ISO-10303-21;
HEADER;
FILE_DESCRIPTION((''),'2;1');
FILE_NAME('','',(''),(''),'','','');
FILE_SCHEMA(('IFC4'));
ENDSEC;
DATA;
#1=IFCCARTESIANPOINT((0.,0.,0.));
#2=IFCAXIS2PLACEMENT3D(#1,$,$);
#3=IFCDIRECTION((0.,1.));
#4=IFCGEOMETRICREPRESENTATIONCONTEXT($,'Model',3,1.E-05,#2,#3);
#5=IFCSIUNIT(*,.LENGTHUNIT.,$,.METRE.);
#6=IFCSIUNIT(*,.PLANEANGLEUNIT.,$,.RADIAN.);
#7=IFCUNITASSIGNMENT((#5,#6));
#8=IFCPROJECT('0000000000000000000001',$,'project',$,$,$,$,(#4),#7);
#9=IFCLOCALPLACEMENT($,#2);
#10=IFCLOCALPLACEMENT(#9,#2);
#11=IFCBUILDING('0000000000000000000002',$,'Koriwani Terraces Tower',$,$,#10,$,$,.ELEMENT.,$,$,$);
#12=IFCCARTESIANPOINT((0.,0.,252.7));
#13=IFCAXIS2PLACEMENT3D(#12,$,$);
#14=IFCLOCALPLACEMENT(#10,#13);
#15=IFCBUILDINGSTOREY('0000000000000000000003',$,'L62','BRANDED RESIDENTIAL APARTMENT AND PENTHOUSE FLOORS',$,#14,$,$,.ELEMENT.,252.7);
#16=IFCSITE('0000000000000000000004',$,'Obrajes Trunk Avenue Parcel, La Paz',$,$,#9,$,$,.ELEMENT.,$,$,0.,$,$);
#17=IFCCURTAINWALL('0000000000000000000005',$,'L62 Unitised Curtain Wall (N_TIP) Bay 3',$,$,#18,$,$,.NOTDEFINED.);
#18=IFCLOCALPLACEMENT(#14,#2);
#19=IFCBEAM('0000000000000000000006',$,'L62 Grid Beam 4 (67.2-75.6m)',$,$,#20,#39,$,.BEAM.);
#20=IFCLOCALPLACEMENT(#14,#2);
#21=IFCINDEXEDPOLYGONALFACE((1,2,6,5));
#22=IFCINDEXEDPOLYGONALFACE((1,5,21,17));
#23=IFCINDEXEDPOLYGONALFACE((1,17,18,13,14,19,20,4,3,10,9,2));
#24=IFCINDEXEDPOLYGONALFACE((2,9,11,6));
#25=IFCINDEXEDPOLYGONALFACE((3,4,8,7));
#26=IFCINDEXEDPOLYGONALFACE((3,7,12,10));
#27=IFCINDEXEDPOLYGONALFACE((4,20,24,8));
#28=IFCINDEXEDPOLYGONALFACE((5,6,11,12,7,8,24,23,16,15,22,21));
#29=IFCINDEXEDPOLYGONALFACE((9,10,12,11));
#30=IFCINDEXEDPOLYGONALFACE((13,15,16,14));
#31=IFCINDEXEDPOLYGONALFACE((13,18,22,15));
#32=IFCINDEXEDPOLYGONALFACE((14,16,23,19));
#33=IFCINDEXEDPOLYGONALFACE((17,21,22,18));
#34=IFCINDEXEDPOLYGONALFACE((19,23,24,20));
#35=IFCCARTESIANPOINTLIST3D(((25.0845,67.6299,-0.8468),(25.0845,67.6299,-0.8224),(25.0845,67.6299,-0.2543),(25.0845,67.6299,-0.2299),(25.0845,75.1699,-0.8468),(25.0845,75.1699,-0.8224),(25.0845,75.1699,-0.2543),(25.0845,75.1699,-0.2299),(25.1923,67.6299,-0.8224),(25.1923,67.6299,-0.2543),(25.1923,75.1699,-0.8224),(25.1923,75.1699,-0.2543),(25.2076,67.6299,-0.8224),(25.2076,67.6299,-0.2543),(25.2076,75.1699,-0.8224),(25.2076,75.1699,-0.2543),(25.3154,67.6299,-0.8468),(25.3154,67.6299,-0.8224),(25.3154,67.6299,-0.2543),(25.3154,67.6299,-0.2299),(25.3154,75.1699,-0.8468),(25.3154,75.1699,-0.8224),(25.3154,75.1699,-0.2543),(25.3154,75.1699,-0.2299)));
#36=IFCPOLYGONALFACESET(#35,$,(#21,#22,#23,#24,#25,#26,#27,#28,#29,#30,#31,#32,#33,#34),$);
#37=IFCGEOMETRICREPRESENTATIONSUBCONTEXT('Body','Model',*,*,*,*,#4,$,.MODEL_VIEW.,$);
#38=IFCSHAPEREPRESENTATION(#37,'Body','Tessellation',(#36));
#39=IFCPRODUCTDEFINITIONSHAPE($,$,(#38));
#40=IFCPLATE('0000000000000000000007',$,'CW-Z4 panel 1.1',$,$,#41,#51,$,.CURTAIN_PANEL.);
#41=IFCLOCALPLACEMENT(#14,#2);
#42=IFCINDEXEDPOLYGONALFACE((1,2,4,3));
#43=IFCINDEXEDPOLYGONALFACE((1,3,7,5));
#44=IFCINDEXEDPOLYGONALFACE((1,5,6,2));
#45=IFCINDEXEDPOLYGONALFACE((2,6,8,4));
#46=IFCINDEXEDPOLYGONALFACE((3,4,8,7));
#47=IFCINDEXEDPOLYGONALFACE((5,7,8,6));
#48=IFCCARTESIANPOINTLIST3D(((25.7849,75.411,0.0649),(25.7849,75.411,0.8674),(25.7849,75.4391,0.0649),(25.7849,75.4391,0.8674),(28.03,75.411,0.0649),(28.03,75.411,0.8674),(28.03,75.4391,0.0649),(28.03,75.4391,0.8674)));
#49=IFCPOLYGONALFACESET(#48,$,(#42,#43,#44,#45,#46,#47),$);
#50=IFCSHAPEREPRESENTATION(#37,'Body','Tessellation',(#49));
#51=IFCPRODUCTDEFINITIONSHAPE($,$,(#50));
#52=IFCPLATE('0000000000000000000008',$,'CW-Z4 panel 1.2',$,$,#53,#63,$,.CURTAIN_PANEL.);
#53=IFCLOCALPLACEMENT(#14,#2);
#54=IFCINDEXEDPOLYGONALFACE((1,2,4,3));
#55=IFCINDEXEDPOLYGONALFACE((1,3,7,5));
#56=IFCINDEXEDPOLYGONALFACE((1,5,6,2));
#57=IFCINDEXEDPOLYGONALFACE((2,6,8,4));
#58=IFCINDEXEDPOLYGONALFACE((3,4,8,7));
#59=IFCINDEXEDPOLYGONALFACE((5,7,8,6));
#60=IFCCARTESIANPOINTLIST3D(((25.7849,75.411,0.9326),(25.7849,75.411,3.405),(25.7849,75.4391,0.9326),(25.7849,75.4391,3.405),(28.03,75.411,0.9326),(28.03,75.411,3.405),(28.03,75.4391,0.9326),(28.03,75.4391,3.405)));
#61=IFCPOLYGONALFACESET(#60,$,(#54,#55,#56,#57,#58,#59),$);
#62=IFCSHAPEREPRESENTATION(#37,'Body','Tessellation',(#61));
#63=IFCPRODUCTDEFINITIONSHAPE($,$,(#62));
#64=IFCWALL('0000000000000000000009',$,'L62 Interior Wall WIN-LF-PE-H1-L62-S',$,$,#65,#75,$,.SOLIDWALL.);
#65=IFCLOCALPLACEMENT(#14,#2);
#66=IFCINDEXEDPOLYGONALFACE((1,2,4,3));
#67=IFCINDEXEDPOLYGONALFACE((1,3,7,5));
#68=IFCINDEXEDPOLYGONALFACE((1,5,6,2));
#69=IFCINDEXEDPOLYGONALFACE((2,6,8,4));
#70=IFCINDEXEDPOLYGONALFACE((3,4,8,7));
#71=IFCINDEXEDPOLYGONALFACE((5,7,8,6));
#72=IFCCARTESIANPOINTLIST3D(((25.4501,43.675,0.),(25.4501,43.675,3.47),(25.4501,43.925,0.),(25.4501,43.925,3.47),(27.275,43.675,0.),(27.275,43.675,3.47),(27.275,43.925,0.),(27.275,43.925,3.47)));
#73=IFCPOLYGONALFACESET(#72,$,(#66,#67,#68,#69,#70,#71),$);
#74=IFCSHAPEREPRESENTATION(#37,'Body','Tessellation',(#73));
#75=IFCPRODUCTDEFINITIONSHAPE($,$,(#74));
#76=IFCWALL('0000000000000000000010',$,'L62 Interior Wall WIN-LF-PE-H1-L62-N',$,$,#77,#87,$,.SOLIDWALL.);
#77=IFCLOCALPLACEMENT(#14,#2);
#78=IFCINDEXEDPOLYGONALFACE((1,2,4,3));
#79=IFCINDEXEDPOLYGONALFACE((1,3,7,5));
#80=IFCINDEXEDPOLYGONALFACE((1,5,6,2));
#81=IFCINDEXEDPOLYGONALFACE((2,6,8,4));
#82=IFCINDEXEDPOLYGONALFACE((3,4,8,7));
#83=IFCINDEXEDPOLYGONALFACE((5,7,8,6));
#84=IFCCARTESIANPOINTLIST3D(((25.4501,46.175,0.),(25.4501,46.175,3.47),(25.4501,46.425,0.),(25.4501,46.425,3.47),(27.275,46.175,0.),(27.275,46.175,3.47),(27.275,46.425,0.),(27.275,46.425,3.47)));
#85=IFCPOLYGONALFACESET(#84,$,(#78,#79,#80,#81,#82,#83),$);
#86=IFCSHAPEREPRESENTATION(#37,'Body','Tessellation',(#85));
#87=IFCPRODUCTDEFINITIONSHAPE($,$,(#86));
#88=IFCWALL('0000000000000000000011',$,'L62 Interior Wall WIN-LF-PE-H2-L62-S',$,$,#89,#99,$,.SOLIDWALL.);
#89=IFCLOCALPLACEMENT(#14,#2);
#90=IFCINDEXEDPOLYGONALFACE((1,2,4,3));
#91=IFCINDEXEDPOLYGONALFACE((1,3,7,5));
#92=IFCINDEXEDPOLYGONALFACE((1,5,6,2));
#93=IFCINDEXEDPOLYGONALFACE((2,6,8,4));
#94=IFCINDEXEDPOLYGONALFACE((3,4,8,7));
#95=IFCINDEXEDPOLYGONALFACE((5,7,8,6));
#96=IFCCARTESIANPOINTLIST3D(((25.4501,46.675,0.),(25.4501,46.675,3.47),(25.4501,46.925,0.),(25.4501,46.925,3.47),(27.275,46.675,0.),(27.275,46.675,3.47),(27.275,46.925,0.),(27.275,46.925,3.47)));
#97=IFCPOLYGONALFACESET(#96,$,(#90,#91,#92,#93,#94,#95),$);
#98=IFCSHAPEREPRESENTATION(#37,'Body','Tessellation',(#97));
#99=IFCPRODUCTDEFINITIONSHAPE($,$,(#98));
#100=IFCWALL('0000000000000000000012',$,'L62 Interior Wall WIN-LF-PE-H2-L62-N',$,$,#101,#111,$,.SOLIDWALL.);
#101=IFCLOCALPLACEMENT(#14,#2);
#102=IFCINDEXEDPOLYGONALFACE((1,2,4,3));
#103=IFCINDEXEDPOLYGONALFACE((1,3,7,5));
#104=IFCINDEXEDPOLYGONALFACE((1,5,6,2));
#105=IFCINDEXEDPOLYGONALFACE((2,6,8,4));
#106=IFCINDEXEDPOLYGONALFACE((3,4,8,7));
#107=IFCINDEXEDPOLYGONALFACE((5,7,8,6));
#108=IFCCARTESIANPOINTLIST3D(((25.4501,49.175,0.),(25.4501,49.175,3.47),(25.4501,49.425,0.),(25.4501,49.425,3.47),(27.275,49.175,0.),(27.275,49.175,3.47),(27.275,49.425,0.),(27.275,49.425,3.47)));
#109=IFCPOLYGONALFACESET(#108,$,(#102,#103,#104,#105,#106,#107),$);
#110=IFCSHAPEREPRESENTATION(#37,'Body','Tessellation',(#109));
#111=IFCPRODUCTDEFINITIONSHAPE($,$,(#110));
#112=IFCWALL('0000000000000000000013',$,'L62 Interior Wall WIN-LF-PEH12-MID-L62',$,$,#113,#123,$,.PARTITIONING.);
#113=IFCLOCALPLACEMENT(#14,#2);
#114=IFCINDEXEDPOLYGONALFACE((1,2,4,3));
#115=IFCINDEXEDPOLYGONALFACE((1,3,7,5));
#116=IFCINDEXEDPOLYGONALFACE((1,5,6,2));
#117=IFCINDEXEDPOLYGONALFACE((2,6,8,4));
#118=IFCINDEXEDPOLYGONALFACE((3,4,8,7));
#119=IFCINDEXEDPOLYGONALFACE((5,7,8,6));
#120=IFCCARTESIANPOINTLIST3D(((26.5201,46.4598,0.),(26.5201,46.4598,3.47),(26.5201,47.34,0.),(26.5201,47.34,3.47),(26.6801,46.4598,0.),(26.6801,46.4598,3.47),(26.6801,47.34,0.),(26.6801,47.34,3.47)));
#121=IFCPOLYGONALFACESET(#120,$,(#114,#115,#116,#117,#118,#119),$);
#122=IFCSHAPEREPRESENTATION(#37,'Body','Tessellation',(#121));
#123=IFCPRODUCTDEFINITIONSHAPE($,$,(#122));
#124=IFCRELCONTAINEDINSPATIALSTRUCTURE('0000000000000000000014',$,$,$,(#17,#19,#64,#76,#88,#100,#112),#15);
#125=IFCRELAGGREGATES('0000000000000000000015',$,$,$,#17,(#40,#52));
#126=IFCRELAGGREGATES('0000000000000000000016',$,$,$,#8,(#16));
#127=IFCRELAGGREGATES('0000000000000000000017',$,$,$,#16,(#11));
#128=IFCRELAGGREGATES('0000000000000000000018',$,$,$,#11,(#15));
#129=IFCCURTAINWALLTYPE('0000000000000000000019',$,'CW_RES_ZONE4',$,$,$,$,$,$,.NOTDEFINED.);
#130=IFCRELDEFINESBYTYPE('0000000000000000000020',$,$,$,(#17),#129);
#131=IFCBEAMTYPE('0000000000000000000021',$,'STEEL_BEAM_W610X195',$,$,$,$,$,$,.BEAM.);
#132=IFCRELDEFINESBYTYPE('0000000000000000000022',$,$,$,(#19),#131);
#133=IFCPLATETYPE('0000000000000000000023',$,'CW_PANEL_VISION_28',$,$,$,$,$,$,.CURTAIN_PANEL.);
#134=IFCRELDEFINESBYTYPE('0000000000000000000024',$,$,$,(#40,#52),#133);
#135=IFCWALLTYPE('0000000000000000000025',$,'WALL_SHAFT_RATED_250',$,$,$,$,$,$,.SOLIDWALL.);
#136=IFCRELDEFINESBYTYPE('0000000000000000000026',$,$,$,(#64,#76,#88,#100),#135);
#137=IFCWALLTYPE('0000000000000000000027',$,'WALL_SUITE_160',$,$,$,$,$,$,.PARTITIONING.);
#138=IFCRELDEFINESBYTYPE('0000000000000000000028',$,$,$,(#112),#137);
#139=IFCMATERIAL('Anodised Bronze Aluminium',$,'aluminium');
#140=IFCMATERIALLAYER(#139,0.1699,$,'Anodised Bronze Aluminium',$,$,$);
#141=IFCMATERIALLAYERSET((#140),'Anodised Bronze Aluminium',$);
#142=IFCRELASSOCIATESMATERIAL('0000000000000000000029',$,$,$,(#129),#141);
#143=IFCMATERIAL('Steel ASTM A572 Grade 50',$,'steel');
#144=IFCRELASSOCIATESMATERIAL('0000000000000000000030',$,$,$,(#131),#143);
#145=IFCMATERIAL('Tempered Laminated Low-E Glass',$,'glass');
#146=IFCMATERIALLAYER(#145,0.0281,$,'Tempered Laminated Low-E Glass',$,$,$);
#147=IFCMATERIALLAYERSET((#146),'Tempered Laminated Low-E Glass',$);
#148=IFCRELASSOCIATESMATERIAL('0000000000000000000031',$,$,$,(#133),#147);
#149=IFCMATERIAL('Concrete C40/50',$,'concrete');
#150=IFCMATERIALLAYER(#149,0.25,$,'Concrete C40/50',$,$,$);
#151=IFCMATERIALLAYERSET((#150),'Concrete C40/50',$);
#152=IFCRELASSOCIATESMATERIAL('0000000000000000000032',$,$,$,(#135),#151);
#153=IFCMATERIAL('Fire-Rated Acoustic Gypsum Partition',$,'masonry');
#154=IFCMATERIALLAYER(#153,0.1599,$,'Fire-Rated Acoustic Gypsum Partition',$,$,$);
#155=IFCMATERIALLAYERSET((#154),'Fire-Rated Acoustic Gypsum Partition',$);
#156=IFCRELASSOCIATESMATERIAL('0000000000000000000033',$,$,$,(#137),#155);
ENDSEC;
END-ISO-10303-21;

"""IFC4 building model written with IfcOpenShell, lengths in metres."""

from ifc_helpers import new_model, si_unit, direction, frame, frame_2d, origin, origin_2d, place, context, subcontext, project, spatial, rectangle, i_section, extrude, material, layer, layer_set, material_profile, profile_set, type_object, element, aggregate, save


model = new_model("IFC4")

# Units and contexts
model_context = context("Model", 3, precision=1e-05, world=origin(), true_north=direction((0.0, 1.0)))
body_context = subcontext(model_context, "Body", "Model", "MODEL_VIEW")
ifc_project = project(units=[si_unit("LENGTHUNIT", "METRE"), si_unit("PLANEANGLEUNIT", "RADIAN")], contexts=[model_context])

# Site, building, storey
site_placement = place(None, origin())
site = spatial("IfcSite", under=ifc_project, at=site_placement, Name="Obrajes Trunk Avenue Parcel, La Paz", CompositionType="ELEMENT", RefElevation=0.0)
building_placement = place(site_placement, origin())
building = spatial("IfcBuilding", under=site, at=building_placement, Name="Koriwani Terraces Tower", CompositionType="ELEMENT")
storey_placement = place(building_placement, frame((0.0, 0.0, 252.7)))
storey = spatial("IfcBuildingStorey", under=building, at=storey_placement, Name="L62", Description="BRANDED RESIDENTIAL APARTMENT AND PENTHOUSE FLOORS", CompositionType="ELEMENT", Elevation=252.7)

# Curtain wall
ifc_material_1 = material(Name="Anodised Bronze Aluminium", Category="aluminium")
ifc_layer_1 = layer(ifc_material_1, 0.1699, Name="Anodised Bronze Aluminium")
ifc_layer_set_1 = layer_set([ifc_layer_1], Name="Anodised Bronze Aluminium")
curtain_wall_type = type_object("IfcCurtainWallType", Name="CW_RES_ZONE4", PredefinedType="NOTDEFINED", material=ifc_layer_set_1)
curtain_wall_placement = place(storey_placement, origin())
curtain_wall = element("IfcCurtainWall", 1, at=curtain_wall_placement, inside=storey, type_object=curtain_wall_type, Name="L62 Unitised Curtain Wall (N_TIP) Bay 3", PredefinedType="NOTDEFINED")

# Beam
ifc_material_2 = material(Name="Steel ASTM A572 Grade 50", Category="steel")
ifc_material_profile_1 = material_profile(ifc_material_2, i_section(OverallWidth=0.231, OverallDepth=0.6169, WebThickness=0.0154, FlangeThickness=0.0244, at=origin_2d()), Name="Steel ASTM A572 Grade 50", Category="LoadBearing")
ifc_profile_set_1 = profile_set([ifc_material_profile_1], Name="Steel ASTM A572 Grade 50")
beam_type_1 = type_object("IfcBeamType", Name="STEEL_BEAM_W610X195", PredefinedType="BEAM", material=ifc_profile_set_1)
beam_1_placement = place(storey_placement, frame((25.2, 67.6299, -0.5383), z_axis=(0.0, 1.0, 0.0), x_axis=(-1.0, 0.0, 0.0)))
element("IfcBeam", 2, at=beam_1_placement, inside=storey, type_object=beam_type_1, Name="L62 Grid Beam 4 (67.2-75.6m)", PredefinedType="BEAM", context=body_context, shape_type="SweptSolid", body=[
    extrude(i_section(OverallWidth=0.231, OverallDepth=0.6169, WebThickness=0.0154, FlangeThickness=0.0244, at=origin_2d()), origin(), (0.0, 0.0, 1.0), 7.54),
])

# Plates
ifc_material_3 = material(Name="Tempered Laminated Low-E Glass", Category="glass")
ifc_layer_2 = layer(ifc_material_3, 0.0281, Name="Tempered Laminated Low-E Glass")
ifc_layer_set_2 = layer_set([ifc_layer_2], Name="Tempered Laminated Low-E Glass")
plate_type = type_object("IfcPlateType", Name="CW_PANEL_VISION_28", PredefinedType="CURTAIN_PANEL", material=ifc_layer_set_2)
plate_1_placement = place(storey_placement, frame((26.9075, 75.425, 0.0649), z_axis=(0.0, 0.0, 1.0), x_axis=(1.0, 0.0, 0.0)))
plate_1 = element("IfcPlate", 3, at=plate_1_placement, type_object=plate_type, Name="CW-Z4 panel 1.1", PredefinedType="CURTAIN_PANEL", context=body_context, shape_type="SweptSolid", body=[
    extrude(rectangle(XDim=2.2451, YDim=0.0281, at=origin_2d()), origin(), (0.0, 0.0, 1.0), 0.8025),
])
plate_2_placement = place(storey_placement, frame((26.9075, 75.425, 0.9326), z_axis=(0.0, 0.0, 1.0), x_axis=(1.0, 0.0, 0.0)))
plate_2 = element("IfcPlate", 4, at=plate_2_placement, type_object=plate_type, Name="CW-Z4 panel 1.2", PredefinedType="CURTAIN_PANEL", context=body_context, shape_type="SweptSolid", body=[
    extrude(rectangle(XDim=2.2451, YDim=0.0281, at=origin_2d()), origin(), (0.0, 0.0, 1.0), 2.4724),
])
aggregate(curtain_wall, [plate_1, plate_2])

# Shared definitions
ifc_material_4 = material(Name="Concrete C40/50", Category="concrete")
ifc_layer_3 = layer(ifc_material_4, 0.25, Name="Concrete C40/50")
ifc_layer_set_3 = layer_set([ifc_layer_3], Name="Concrete C40/50")
wall_type_1 = type_object("IfcWallType", Name="WALL_SHAFT_RATED_250", PredefinedType="SOLIDWALL", material=ifc_layer_set_3)

# Walls
for number, where, z_axis, x_axis, name in (
    (5, (25.45, 43.8, 0.0), (0.0, 0.0, 1.0), (1.0, 0.0, 0.0), "L62 Interior Wall WIN-LF-PE-H1-L62-S"),
    (6, (25.45, 46.3, 0.0), (0.0, 0.0, 1.0), (1.0, 0.0, 0.0), "L62 Interior Wall WIN-LF-PE-H1-L62-N"),
    (7, (25.45, 46.8, 0.0), (0.0, 0.0, 1.0), (1.0, 0.0, 0.0), "L62 Interior Wall WIN-LF-PE-H2-L62-S"),
    (8, (25.45, 49.3, 0.0), (0.0, 0.0, 1.0), (1.0, 0.0, 0.0), "L62 Interior Wall WIN-LF-PE-H2-L62-N"),
):
    element("IfcWall", number, at=place(storey_placement, frame(where, z_axis=z_axis, x_axis=x_axis)), inside=storey, type_object=wall_type_1, Name=name, PredefinedType="SOLIDWALL", context=body_context, shape_type="SweptSolid", body=[
        extrude(rectangle(XDim=1.825, YDim=0.25, at=frame_2d((0.9126, 0.0))), origin(), (0.0, 0.0, 1.0), 3.47),
    ])
ifc_material_5 = material(Name="Fire-Rated Acoustic Gypsum Partition", Category="masonry")
ifc_layer_4 = layer(ifc_material_5, 0.1599, Name="Fire-Rated Acoustic Gypsum Partition")
ifc_layer_set_4 = layer_set([ifc_layer_4], Name="Fire-Rated Acoustic Gypsum Partition")
wall_type_2 = type_object("IfcWallType", Name="WALL_SUITE_160", PredefinedType="PARTITIONING", material=ifc_layer_set_4)
wall_1_placement = place(storey_placement, frame((26.6001, 46.46, 0.0), z_axis=(0.0, 0.0, 1.0), x_axis=(0.0, 1.0, 0.0)))
element("IfcWall", 9, at=wall_1_placement, inside=storey, type_object=wall_type_2, Name="L62 Interior Wall WIN-LF-PEH12-MID-L62", PredefinedType="PARTITIONING", context=body_context, shape_type="SweptSolid", body=[
    extrude(rectangle(XDim=0.8801, YDim=0.1599, at=frame_2d((0.4399, 0.0))), origin(), (0.0, 0.0, 1.0), 3.47),
])

save(model, "model.ifc")
